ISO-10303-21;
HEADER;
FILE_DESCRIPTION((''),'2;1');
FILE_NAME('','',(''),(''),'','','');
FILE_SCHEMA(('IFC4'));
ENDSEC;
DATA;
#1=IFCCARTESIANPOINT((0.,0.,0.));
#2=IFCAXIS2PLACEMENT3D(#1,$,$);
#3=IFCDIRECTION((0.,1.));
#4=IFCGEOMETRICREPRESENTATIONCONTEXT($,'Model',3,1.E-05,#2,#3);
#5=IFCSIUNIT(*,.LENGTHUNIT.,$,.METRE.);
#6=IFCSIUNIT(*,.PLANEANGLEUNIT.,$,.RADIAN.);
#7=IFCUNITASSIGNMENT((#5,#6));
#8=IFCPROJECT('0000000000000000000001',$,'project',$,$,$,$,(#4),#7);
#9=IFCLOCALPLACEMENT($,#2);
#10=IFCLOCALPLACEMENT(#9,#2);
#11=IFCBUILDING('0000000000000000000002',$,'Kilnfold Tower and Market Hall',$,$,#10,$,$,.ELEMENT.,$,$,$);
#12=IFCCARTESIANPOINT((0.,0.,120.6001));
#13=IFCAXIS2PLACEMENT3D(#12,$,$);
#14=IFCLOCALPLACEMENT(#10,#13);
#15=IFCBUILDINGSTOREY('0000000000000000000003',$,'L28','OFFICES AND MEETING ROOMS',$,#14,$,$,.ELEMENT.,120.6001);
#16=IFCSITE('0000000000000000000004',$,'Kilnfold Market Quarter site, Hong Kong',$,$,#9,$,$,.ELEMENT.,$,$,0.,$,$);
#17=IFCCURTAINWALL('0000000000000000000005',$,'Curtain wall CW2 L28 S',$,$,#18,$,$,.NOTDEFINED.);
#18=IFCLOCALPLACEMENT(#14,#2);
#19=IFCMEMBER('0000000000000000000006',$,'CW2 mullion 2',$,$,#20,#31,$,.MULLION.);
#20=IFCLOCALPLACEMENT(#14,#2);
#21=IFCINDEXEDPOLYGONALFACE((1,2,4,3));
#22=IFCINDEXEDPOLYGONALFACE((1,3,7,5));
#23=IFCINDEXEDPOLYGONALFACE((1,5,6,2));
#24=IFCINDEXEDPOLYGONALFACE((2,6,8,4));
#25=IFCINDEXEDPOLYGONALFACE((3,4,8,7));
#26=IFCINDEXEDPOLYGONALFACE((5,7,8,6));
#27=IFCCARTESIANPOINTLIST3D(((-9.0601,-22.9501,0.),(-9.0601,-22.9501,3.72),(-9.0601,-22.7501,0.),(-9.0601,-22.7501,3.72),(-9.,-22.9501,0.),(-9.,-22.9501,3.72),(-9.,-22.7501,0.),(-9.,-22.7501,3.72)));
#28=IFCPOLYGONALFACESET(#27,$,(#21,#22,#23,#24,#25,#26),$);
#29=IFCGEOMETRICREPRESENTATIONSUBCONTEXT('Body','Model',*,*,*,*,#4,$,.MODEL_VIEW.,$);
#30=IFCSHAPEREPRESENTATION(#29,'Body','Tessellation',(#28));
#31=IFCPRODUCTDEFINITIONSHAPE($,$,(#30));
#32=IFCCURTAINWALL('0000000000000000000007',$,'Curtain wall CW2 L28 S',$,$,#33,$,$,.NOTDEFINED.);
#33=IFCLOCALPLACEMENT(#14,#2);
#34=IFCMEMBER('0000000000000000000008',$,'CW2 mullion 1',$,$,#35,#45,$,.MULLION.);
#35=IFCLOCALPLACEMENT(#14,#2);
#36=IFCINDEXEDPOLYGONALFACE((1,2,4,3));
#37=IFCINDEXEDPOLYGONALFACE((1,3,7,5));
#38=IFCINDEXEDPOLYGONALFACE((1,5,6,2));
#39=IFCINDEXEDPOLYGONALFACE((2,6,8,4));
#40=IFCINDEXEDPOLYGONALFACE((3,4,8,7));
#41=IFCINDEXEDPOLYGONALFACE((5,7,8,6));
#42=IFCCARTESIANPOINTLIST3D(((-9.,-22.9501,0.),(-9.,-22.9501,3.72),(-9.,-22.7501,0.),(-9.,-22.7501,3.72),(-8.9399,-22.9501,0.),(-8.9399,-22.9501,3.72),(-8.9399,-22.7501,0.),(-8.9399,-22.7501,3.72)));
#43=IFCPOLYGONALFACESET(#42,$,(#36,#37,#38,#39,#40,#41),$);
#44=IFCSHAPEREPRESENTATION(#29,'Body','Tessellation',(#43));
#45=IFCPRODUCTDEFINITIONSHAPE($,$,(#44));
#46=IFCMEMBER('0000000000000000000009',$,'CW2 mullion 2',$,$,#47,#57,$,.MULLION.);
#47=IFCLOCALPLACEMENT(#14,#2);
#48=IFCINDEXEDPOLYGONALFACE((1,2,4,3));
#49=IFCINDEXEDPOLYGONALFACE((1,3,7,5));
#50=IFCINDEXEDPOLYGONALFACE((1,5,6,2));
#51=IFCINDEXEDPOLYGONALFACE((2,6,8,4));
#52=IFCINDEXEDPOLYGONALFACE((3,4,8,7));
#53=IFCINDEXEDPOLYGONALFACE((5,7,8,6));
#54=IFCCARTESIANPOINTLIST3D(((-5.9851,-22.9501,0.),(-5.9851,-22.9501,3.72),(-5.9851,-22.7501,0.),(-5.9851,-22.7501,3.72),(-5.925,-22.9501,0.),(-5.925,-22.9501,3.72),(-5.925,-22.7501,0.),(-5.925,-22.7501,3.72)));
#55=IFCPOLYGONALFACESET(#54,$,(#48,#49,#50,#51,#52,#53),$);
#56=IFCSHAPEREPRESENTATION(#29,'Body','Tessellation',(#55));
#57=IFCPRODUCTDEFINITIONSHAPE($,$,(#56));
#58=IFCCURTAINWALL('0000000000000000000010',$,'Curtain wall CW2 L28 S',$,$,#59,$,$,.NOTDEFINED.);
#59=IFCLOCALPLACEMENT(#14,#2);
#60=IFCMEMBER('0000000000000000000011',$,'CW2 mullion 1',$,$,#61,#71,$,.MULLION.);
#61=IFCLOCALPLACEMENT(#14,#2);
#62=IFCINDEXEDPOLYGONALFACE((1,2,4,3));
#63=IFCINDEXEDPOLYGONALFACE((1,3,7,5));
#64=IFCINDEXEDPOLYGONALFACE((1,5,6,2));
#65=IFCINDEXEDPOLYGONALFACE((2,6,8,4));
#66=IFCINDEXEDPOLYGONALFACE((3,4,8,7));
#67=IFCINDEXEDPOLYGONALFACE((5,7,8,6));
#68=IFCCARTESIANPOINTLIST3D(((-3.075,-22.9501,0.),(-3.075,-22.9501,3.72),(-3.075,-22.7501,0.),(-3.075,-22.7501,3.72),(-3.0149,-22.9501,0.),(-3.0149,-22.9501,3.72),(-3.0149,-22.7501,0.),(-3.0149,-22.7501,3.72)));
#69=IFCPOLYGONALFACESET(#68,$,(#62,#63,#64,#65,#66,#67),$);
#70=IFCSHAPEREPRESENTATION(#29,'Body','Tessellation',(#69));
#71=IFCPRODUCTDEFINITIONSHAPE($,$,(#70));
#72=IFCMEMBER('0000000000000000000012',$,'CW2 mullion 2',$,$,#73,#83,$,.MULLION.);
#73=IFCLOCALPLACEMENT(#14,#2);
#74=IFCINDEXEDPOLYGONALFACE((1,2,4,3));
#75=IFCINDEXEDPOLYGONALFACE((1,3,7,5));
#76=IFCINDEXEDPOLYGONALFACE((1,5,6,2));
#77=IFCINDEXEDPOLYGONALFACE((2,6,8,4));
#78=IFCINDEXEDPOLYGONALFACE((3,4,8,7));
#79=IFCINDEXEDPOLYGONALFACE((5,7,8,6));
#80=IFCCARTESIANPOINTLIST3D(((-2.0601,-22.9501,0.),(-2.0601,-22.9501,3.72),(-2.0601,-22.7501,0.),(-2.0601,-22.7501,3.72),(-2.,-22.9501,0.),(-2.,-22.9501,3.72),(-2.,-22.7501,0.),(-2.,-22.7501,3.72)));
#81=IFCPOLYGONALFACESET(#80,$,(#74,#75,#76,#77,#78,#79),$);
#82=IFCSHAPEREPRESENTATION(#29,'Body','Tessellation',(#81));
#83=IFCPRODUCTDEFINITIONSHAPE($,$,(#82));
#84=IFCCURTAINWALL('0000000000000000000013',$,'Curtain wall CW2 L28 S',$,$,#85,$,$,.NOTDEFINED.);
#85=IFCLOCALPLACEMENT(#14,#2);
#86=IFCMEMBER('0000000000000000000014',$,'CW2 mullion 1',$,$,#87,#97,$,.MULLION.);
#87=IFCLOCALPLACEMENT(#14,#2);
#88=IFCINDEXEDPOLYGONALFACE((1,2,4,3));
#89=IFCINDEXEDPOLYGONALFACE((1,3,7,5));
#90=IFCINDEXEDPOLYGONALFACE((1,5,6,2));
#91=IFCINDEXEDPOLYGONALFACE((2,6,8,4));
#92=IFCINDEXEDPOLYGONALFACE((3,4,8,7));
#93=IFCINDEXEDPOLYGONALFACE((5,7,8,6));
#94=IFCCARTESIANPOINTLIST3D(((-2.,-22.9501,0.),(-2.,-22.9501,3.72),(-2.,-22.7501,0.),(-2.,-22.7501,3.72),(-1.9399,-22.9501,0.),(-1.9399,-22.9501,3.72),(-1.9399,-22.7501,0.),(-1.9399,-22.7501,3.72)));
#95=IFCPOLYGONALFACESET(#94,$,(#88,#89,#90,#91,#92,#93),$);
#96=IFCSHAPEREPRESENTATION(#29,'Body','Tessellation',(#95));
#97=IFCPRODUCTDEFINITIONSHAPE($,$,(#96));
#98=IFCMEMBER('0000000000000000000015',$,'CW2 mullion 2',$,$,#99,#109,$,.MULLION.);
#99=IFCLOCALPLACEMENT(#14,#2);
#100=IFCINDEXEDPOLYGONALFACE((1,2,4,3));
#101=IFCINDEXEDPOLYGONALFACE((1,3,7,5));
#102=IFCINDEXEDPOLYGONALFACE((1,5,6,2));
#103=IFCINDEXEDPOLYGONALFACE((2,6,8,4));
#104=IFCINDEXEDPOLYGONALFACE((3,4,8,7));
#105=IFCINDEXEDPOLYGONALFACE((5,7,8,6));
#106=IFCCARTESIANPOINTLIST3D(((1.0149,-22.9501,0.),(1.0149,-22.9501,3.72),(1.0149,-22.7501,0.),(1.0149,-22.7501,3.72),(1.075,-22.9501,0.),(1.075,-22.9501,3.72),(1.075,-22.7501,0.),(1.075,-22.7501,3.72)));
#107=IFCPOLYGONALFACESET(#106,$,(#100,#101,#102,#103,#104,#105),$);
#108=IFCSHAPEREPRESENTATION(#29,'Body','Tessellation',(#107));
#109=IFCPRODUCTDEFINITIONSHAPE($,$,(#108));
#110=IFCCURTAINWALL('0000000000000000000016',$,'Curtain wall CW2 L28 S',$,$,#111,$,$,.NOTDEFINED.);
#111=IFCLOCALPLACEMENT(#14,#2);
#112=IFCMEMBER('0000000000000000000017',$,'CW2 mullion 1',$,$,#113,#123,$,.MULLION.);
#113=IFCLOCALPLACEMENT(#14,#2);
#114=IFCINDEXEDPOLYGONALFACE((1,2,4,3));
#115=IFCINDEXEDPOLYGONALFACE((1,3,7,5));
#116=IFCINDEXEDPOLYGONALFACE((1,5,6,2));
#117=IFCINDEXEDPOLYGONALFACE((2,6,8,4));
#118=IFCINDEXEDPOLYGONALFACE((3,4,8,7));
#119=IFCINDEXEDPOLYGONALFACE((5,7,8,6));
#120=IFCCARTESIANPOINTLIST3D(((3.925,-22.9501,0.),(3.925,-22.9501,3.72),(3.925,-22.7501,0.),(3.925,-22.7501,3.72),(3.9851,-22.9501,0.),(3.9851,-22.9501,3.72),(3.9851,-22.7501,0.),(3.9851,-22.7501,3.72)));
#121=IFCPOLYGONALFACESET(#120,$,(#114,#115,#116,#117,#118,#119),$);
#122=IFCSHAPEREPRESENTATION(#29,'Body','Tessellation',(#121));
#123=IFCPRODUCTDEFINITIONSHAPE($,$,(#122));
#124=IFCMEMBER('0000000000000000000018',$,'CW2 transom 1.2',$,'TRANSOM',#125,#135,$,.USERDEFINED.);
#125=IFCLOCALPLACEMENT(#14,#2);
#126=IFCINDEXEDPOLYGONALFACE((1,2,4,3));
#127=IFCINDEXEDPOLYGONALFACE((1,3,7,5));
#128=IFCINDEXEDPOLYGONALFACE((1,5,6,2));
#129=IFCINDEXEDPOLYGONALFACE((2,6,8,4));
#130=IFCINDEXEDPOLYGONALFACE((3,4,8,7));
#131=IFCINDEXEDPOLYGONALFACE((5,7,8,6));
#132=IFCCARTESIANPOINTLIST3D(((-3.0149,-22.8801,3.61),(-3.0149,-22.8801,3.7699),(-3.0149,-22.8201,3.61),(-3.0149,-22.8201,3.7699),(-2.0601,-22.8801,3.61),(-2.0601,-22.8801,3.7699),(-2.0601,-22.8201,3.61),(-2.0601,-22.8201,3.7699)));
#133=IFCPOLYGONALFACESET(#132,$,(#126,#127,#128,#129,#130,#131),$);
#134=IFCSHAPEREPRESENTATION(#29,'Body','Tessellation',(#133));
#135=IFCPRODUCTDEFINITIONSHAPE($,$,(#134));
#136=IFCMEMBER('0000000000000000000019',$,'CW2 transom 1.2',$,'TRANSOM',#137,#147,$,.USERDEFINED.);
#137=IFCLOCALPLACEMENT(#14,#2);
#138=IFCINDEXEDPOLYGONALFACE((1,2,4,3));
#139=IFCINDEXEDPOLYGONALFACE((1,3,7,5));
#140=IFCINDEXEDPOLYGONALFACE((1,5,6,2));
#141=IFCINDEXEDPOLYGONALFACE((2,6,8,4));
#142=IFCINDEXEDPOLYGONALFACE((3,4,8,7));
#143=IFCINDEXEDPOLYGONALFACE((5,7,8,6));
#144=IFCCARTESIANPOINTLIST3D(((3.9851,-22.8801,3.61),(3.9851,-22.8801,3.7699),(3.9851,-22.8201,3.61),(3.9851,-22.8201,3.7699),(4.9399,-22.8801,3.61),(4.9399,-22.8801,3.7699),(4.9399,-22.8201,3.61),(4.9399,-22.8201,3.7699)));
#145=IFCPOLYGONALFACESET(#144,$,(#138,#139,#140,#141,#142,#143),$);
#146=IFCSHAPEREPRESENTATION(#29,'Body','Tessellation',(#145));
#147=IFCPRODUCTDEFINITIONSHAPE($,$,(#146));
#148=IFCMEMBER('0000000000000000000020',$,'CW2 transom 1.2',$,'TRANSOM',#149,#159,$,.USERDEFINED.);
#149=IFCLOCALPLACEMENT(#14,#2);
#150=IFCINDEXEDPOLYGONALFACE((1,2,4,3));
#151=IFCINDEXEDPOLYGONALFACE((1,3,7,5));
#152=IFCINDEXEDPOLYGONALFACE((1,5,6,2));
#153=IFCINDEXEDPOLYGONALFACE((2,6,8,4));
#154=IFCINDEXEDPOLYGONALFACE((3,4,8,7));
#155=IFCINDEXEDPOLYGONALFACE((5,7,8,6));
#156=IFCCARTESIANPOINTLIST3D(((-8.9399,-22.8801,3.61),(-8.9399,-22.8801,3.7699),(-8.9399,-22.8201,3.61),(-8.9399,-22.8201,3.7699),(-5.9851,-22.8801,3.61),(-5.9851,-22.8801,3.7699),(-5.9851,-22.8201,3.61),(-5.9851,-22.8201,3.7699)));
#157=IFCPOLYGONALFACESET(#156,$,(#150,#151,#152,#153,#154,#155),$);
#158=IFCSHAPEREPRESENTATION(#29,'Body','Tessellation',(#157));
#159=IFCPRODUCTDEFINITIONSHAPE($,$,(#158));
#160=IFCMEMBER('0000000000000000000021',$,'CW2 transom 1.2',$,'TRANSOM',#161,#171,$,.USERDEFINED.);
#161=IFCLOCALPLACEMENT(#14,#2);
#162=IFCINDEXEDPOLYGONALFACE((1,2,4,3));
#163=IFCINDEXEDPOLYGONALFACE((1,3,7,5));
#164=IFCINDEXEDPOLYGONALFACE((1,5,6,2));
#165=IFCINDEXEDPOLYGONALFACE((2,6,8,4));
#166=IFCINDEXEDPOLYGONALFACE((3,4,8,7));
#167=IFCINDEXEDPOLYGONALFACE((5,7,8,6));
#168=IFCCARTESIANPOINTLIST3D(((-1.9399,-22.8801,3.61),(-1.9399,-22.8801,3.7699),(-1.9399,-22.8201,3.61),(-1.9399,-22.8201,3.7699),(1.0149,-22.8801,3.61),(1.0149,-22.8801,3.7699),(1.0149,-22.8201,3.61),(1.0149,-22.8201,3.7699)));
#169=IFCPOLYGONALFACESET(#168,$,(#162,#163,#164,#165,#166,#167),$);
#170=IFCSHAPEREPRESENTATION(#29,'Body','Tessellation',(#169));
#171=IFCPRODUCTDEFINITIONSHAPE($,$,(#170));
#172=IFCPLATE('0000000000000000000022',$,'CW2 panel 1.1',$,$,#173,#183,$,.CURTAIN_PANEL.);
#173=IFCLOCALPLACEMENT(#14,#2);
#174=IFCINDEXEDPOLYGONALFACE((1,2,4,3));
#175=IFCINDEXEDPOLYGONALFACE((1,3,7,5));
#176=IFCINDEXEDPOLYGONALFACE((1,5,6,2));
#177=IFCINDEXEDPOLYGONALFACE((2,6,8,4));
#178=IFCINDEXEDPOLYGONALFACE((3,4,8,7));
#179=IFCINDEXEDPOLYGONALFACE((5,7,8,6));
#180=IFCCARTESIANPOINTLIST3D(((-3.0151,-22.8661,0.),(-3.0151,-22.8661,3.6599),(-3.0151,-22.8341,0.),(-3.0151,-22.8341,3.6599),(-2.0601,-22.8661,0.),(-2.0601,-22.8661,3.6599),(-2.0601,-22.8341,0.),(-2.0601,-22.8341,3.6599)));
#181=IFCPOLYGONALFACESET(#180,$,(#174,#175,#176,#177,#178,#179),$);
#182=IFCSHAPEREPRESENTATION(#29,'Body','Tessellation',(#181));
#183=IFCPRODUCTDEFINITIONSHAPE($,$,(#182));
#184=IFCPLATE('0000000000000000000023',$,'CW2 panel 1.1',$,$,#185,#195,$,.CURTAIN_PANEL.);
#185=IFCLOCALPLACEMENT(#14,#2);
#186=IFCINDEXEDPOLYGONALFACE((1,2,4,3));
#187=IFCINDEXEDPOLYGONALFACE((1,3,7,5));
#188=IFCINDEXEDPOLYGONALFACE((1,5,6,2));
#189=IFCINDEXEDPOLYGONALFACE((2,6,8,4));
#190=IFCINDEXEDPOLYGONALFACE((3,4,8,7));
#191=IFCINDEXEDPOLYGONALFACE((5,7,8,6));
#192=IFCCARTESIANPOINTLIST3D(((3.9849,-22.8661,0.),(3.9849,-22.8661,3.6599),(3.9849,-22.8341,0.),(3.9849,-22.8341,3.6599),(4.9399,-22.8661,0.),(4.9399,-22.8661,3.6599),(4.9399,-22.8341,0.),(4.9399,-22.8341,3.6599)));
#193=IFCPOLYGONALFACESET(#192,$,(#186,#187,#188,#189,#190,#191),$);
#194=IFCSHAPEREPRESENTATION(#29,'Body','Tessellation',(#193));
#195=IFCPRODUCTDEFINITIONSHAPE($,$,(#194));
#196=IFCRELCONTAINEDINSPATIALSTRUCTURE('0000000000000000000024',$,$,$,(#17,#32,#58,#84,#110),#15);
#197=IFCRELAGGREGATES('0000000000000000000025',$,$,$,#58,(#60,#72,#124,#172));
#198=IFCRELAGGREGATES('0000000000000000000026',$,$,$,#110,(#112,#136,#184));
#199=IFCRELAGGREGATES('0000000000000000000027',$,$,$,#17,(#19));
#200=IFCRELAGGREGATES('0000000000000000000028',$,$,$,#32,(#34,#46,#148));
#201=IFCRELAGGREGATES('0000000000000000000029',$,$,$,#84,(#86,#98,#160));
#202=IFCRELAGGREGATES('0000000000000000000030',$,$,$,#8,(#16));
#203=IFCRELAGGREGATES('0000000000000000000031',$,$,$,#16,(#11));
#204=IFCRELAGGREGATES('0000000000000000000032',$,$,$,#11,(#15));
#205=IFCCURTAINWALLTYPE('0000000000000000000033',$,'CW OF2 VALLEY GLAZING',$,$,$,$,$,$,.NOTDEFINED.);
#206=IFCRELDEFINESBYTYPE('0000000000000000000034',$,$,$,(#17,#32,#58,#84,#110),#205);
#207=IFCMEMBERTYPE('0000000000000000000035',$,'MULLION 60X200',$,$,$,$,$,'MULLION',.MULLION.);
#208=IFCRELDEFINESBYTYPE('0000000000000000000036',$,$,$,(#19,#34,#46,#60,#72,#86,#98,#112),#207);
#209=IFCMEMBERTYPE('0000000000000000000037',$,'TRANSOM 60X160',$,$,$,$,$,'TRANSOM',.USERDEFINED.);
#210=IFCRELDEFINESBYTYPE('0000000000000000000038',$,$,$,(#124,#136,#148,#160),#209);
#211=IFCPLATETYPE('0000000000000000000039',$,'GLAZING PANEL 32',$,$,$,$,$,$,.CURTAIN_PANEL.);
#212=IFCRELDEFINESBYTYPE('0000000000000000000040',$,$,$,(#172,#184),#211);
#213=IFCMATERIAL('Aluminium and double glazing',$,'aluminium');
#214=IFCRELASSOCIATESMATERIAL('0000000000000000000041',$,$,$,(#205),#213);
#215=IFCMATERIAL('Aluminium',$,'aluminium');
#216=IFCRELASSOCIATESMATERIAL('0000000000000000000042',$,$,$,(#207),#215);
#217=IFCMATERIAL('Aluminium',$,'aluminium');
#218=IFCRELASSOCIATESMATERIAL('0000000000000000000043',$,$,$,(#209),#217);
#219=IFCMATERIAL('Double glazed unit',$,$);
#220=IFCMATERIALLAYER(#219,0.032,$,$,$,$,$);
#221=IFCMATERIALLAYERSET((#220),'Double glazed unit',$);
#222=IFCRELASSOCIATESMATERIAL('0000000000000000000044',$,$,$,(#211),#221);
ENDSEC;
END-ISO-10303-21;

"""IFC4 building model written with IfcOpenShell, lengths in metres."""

from ifc_helpers import new_model, si_unit, direction, frame, origin, origin_2d, place, context, subcontext, project, spatial, rectangle, extrude, source, transform, mapped, material, layer, layer_set, material_profile, profile_set, type_object, element, aggregate, save


model = new_model("IFC4")

# Units and contexts
model_context = context("Model", 3, precision=1e-05, world=origin(), true_north=direction((0.0, 1.0)))
body_context = subcontext(model_context, "Body", "Model", "MODEL_VIEW")
ifc_project = project(units=[si_unit("LENGTHUNIT", "METRE"), si_unit("PLANEANGLEUNIT", "RADIAN")], contexts=[model_context])

# Site, building, storey
site_placement = place(None, origin())
site = spatial("IfcSite", under=ifc_project, at=site_placement, Name="Kilnfold Market Quarter site, Hong Kong", CompositionType="ELEMENT", RefElevation=0.0)
building_placement = place(site_placement, origin())
building = spatial("IfcBuilding", under=site, at=building_placement, Name="Kilnfold Tower and Market Hall", CompositionType="ELEMENT")
storey_placement = place(building_placement, frame((0.0, 0.0, 120.6001)))
storey = spatial("IfcBuildingStorey", under=building, at=storey_placement, Name="L28", Description="OFFICES AND MEETING ROOMS", CompositionType="ELEMENT", Elevation=120.6001)

# Curtain wall, member
ifc_material_1 = material(Name="Aluminium and double glazing", Category="aluminium")
curtain_wall_type = type_object("IfcCurtainWallType", Name="CW OF2 VALLEY GLAZING", PredefinedType="NOTDEFINED", material=ifc_material_1)
curtain_wall_1_placement = place(storey_placement, origin())
curtain_wall_1 = element("IfcCurtainWall", 1, at=curtain_wall_1_placement, inside=storey, type_object=curtain_wall_type, Name="Curtain wall CW2 L28 S", PredefinedType="NOTDEFINED")
ifc_material_2 = material(Name="Aluminium", Category="aluminium")
ifc_material_profile_1 = material_profile(ifc_material_2, rectangle(XDim=0.0601, YDim=0.2, at=origin_2d()), Name="MULLION 60x200")
ifc_profile_set_1 = profile_set([ifc_material_profile_1], Name="Aluminium")
member_type_1 = type_object("IfcMemberType", Name="MULLION 60X200", ElementType="MULLION", PredefinedType="MULLION", material=ifc_profile_set_1)
shared_shape_1 = source(origin(), body_context, "Body", "SweptSolid", [
    extrude(rectangle(XDim=0.0601, YDim=0.2, at=origin_2d()), origin(), (0.0, 0.0, 1.0), 3.72),
])
member_1_placement = place(storey_placement, frame((-9.03, -22.8501, 0.0), z_axis=(0.0, 0.0, 1.0), x_axis=(1.0, 0.0, 0.0)))
member_1 = element("IfcMember", 2, at=member_1_placement, type_object=member_type_1, Name="CW2 mullion 2", PredefinedType="MULLION", context=body_context, shape_type="MappedRepresentation", body=[
    mapped(shared_shape_1, transform((0.0, 0.0, 0.0))),
])

# Curtain walls, members
curtain_wall_2_placement = place(storey_placement, origin())
curtain_wall_2 = element("IfcCurtainWall", 3, at=curtain_wall_2_placement, inside=storey, type_object=curtain_wall_type, Name="Curtain wall CW2 L28 S", PredefinedType="NOTDEFINED")
member_2_placement = place(storey_placement, frame((-8.97, -22.8501, 0.0), z_axis=(0.0, 0.0, 1.0), x_axis=(1.0, 0.0, 0.0)))
member_2 = element("IfcMember", 4, at=member_2_placement, type_object=member_type_1, Name="CW2 mullion 1", PredefinedType="MULLION", context=body_context, shape_type="MappedRepresentation", body=[
    mapped(shared_shape_1, transform((0.0, 0.0, 0.0))),
])
member_3_placement = place(storey_placement, frame((-5.9551, -22.8501, 0.0), z_axis=(0.0, 0.0, 1.0), x_axis=(1.0, 0.0, 0.0)))
member_3 = element("IfcMember", 5, at=member_3_placement, type_object=member_type_1, Name="CW2 mullion 2", PredefinedType="MULLION", context=body_context, shape_type="MappedRepresentation", body=[
    mapped(shared_shape_1, transform((0.0, 0.0, 0.0))),
])
curtain_wall_3_placement = place(storey_placement, origin())
curtain_wall_3 = element("IfcCurtainWall", 6, at=curtain_wall_3_placement, inside=storey, type_object=curtain_wall_type, Name="Curtain wall CW2 L28 S", PredefinedType="NOTDEFINED")
member_4_placement = place(storey_placement, frame((-3.0449, -22.8501, 0.0), z_axis=(0.0, 0.0, 1.0), x_axis=(1.0, 0.0, 0.0)))
member_4 = element("IfcMember", 7, at=member_4_placement, type_object=member_type_1, Name="CW2 mullion 1", PredefinedType="MULLION", context=body_context, shape_type="MappedRepresentation", body=[
    mapped(shared_shape_1, transform((0.0, 0.0, 0.0))),
])
member_5_placement = place(storey_placement, frame((-2.03, -22.8501, 0.0), z_axis=(0.0, 0.0, 1.0), x_axis=(1.0, 0.0, 0.0)))
member_5 = element("IfcMember", 8, at=member_5_placement, type_object=member_type_1, Name="CW2 mullion 2", PredefinedType="MULLION", context=body_context, shape_type="MappedRepresentation", body=[
    mapped(shared_shape_1, transform((0.0, 0.0, 0.0))),
])
curtain_wall_4_placement = place(storey_placement, origin())
curtain_wall_4 = element("IfcCurtainWall", 9, at=curtain_wall_4_placement, inside=storey, type_object=curtain_wall_type, Name="Curtain wall CW2 L28 S", PredefinedType="NOTDEFINED")
member_6_placement = place(storey_placement, frame((-1.97, -22.8501, 0.0), z_axis=(0.0, 0.0, 1.0), x_axis=(1.0, 0.0, 0.0)))
member_6 = element("IfcMember", 10, at=member_6_placement, type_object=member_type_1, Name="CW2 mullion 1", PredefinedType="MULLION", context=body_context, shape_type="MappedRepresentation", body=[
    mapped(shared_shape_1, transform((0.0, 0.0, 0.0))),
])
member_7_placement = place(storey_placement, frame((1.0449, -22.8501, 0.0), z_axis=(0.0, 0.0, 1.0), x_axis=(1.0, 0.0, 0.0)))
member_7 = element("IfcMember", 11, at=member_7_placement, type_object=member_type_1, Name="CW2 mullion 2", PredefinedType="MULLION", context=body_context, shape_type="MappedRepresentation", body=[
    mapped(shared_shape_1, transform((0.0, 0.0, 0.0))),
])

# Curtain wall, member
curtain_wall_5_placement = place(storey_placement, origin())
curtain_wall_5 = element("IfcCurtainWall", 12, at=curtain_wall_5_placement, inside=storey, type_object=curtain_wall_type, Name="Curtain wall CW2 L28 S", PredefinedType="NOTDEFINED")
member_8_placement = place(storey_placement, frame((3.9551, -22.8501, 0.0), z_axis=(0.0, 0.0, 1.0), x_axis=(1.0, 0.0, 0.0)))
member_8 = element("IfcMember", 13, at=member_8_placement, type_object=member_type_1, Name="CW2 mullion 1", PredefinedType="MULLION", context=body_context, shape_type="MappedRepresentation", body=[
    mapped(shared_shape_1, transform((0.0, 0.0, 0.0))),
])

# Members
ifc_material_3 = material(Name="Aluminium", Category="aluminium")
ifc_material_profile_2 = material_profile(ifc_material_3, rectangle(XDim=0.0601, YDim=0.1599, at=origin_2d()), Name="TRANSOM 60x160")
ifc_profile_set_2 = profile_set([ifc_material_profile_2], Name="Aluminium")
member_type_2 = type_object("IfcMemberType", Name="TRANSOM 60X160", ElementType="TRANSOM", PredefinedType="USERDEFINED", material=ifc_profile_set_2)
shared_shape_2 = source(origin(), body_context, "Body", "SweptSolid", [
    extrude(rectangle(XDim=0.0601, YDim=0.1599, at=origin_2d()), origin(), (0.0, 0.0, 1.0), 0.9548),
])
member_9_placement = place(storey_placement, frame((-3.0149, -22.8501, 3.6899), z_axis=(1.0, 0.0, 0.0), x_axis=(0.0, 1.0, 0.0)))
member_9 = element("IfcMember", 14, at=member_9_placement, type_object=member_type_2, Name="CW2 transom 1.2", ObjectType="TRANSOM", PredefinedType="USERDEFINED", context=body_context, shape_type="MappedRepresentation", body=[
    mapped(shared_shape_2, transform((0.0, 0.0, 0.0))),
])
member_10_placement = place(storey_placement, frame((3.9851, -22.8501, 3.6899), z_axis=(1.0, 0.0, 0.0), x_axis=(0.0, 1.0, 0.0)))
member_10 = element("IfcMember", 15, at=member_10_placement, type_object=member_type_2, Name="CW2 transom 1.2", ObjectType="TRANSOM", PredefinedType="USERDEFINED", context=body_context, shape_type="MappedRepresentation", body=[
    mapped(shared_shape_2, transform((0.0, 0.0, 0.0))),
])
shared_shape_3 = source(origin(), body_context, "Body", "SweptSolid", [
    extrude(rectangle(XDim=0.0601, YDim=0.1599, at=origin_2d()), origin(), (0.0, 0.0, 1.0), 2.9548),
])
member_11_placement = place(storey_placement, frame((-8.9399, -22.8501, 3.6899), z_axis=(1.0, 0.0, 0.0), x_axis=(0.0, 1.0, 0.0)))
member_11 = element("IfcMember", 16, at=member_11_placement, type_object=member_type_2, Name="CW2 transom 1.2", ObjectType="TRANSOM", PredefinedType="USERDEFINED", context=body_context, shape_type="MappedRepresentation", body=[
    mapped(shared_shape_3, transform((0.0, 0.0, 0.0))),
])
member_12_placement = place(storey_placement, frame((-1.9399, -22.8501, 3.6899), z_axis=(1.0, 0.0, 0.0), x_axis=(0.0, 1.0, 0.0)))
member_12 = element("IfcMember", 17, at=member_12_placement, type_object=member_type_2, Name="CW2 transom 1.2", ObjectType="TRANSOM", PredefinedType="USERDEFINED", context=body_context, shape_type="MappedRepresentation", body=[
    mapped(shared_shape_3, transform((0.0, 0.0, 0.0))),
])

# Plates
ifc_material_4 = material(Name="Double glazed unit")
ifc_layer_1 = layer(ifc_material_4, 0.032)
ifc_layer_set_1 = layer_set([ifc_layer_1], Name="Double glazed unit")
plate_type = type_object("IfcPlateType", Name="GLAZING PANEL 32", PredefinedType="CURTAIN_PANEL", material=ifc_layer_set_1)
shared_shape_4 = source(origin(), body_context, "Body", "SweptSolid", [
    extrude(rectangle(XDim=0.9551, YDim=0.032, at=origin_2d()), origin(), (0.0, 0.0, 1.0), 3.6599),
])
plate_1_placement = place(storey_placement, frame((-2.5376, -22.8501, 0.0), z_axis=(0.0, 0.0, 1.0), x_axis=(1.0, 0.0, 0.0)))
plate_1 = element("IfcPlate", 18, at=plate_1_placement, type_object=plate_type, Name="CW2 panel 1.1", PredefinedType="CURTAIN_PANEL", context=body_context, shape_type="MappedRepresentation", body=[
    mapped(shared_shape_4, transform((0.0, 0.0, 0.0))),
])
aggregate(curtain_wall_3, [member_4, member_5, member_9, plate_1])
plate_2_placement = place(storey_placement, frame((4.4624, -22.8501, 0.0), z_axis=(0.0, 0.0, 1.0), x_axis=(1.0, 0.0, 0.0)))
plate_2 = element("IfcPlate", 19, at=plate_2_placement, type_object=plate_type, Name="CW2 panel 1.1", PredefinedType="CURTAIN_PANEL", context=body_context, shape_type="MappedRepresentation", body=[
    mapped(shared_shape_4, transform((0.0, 0.0, 0.0))),
])
aggregate(curtain_wall_5, [member_8, member_10, plate_2])
aggregate(curtain_wall_1, [member_1])
aggregate(curtain_wall_2, [member_2, member_3, member_11])
aggregate(curtain_wall_4, [member_6, member_7, member_12])

save(model, "model.ifc")
